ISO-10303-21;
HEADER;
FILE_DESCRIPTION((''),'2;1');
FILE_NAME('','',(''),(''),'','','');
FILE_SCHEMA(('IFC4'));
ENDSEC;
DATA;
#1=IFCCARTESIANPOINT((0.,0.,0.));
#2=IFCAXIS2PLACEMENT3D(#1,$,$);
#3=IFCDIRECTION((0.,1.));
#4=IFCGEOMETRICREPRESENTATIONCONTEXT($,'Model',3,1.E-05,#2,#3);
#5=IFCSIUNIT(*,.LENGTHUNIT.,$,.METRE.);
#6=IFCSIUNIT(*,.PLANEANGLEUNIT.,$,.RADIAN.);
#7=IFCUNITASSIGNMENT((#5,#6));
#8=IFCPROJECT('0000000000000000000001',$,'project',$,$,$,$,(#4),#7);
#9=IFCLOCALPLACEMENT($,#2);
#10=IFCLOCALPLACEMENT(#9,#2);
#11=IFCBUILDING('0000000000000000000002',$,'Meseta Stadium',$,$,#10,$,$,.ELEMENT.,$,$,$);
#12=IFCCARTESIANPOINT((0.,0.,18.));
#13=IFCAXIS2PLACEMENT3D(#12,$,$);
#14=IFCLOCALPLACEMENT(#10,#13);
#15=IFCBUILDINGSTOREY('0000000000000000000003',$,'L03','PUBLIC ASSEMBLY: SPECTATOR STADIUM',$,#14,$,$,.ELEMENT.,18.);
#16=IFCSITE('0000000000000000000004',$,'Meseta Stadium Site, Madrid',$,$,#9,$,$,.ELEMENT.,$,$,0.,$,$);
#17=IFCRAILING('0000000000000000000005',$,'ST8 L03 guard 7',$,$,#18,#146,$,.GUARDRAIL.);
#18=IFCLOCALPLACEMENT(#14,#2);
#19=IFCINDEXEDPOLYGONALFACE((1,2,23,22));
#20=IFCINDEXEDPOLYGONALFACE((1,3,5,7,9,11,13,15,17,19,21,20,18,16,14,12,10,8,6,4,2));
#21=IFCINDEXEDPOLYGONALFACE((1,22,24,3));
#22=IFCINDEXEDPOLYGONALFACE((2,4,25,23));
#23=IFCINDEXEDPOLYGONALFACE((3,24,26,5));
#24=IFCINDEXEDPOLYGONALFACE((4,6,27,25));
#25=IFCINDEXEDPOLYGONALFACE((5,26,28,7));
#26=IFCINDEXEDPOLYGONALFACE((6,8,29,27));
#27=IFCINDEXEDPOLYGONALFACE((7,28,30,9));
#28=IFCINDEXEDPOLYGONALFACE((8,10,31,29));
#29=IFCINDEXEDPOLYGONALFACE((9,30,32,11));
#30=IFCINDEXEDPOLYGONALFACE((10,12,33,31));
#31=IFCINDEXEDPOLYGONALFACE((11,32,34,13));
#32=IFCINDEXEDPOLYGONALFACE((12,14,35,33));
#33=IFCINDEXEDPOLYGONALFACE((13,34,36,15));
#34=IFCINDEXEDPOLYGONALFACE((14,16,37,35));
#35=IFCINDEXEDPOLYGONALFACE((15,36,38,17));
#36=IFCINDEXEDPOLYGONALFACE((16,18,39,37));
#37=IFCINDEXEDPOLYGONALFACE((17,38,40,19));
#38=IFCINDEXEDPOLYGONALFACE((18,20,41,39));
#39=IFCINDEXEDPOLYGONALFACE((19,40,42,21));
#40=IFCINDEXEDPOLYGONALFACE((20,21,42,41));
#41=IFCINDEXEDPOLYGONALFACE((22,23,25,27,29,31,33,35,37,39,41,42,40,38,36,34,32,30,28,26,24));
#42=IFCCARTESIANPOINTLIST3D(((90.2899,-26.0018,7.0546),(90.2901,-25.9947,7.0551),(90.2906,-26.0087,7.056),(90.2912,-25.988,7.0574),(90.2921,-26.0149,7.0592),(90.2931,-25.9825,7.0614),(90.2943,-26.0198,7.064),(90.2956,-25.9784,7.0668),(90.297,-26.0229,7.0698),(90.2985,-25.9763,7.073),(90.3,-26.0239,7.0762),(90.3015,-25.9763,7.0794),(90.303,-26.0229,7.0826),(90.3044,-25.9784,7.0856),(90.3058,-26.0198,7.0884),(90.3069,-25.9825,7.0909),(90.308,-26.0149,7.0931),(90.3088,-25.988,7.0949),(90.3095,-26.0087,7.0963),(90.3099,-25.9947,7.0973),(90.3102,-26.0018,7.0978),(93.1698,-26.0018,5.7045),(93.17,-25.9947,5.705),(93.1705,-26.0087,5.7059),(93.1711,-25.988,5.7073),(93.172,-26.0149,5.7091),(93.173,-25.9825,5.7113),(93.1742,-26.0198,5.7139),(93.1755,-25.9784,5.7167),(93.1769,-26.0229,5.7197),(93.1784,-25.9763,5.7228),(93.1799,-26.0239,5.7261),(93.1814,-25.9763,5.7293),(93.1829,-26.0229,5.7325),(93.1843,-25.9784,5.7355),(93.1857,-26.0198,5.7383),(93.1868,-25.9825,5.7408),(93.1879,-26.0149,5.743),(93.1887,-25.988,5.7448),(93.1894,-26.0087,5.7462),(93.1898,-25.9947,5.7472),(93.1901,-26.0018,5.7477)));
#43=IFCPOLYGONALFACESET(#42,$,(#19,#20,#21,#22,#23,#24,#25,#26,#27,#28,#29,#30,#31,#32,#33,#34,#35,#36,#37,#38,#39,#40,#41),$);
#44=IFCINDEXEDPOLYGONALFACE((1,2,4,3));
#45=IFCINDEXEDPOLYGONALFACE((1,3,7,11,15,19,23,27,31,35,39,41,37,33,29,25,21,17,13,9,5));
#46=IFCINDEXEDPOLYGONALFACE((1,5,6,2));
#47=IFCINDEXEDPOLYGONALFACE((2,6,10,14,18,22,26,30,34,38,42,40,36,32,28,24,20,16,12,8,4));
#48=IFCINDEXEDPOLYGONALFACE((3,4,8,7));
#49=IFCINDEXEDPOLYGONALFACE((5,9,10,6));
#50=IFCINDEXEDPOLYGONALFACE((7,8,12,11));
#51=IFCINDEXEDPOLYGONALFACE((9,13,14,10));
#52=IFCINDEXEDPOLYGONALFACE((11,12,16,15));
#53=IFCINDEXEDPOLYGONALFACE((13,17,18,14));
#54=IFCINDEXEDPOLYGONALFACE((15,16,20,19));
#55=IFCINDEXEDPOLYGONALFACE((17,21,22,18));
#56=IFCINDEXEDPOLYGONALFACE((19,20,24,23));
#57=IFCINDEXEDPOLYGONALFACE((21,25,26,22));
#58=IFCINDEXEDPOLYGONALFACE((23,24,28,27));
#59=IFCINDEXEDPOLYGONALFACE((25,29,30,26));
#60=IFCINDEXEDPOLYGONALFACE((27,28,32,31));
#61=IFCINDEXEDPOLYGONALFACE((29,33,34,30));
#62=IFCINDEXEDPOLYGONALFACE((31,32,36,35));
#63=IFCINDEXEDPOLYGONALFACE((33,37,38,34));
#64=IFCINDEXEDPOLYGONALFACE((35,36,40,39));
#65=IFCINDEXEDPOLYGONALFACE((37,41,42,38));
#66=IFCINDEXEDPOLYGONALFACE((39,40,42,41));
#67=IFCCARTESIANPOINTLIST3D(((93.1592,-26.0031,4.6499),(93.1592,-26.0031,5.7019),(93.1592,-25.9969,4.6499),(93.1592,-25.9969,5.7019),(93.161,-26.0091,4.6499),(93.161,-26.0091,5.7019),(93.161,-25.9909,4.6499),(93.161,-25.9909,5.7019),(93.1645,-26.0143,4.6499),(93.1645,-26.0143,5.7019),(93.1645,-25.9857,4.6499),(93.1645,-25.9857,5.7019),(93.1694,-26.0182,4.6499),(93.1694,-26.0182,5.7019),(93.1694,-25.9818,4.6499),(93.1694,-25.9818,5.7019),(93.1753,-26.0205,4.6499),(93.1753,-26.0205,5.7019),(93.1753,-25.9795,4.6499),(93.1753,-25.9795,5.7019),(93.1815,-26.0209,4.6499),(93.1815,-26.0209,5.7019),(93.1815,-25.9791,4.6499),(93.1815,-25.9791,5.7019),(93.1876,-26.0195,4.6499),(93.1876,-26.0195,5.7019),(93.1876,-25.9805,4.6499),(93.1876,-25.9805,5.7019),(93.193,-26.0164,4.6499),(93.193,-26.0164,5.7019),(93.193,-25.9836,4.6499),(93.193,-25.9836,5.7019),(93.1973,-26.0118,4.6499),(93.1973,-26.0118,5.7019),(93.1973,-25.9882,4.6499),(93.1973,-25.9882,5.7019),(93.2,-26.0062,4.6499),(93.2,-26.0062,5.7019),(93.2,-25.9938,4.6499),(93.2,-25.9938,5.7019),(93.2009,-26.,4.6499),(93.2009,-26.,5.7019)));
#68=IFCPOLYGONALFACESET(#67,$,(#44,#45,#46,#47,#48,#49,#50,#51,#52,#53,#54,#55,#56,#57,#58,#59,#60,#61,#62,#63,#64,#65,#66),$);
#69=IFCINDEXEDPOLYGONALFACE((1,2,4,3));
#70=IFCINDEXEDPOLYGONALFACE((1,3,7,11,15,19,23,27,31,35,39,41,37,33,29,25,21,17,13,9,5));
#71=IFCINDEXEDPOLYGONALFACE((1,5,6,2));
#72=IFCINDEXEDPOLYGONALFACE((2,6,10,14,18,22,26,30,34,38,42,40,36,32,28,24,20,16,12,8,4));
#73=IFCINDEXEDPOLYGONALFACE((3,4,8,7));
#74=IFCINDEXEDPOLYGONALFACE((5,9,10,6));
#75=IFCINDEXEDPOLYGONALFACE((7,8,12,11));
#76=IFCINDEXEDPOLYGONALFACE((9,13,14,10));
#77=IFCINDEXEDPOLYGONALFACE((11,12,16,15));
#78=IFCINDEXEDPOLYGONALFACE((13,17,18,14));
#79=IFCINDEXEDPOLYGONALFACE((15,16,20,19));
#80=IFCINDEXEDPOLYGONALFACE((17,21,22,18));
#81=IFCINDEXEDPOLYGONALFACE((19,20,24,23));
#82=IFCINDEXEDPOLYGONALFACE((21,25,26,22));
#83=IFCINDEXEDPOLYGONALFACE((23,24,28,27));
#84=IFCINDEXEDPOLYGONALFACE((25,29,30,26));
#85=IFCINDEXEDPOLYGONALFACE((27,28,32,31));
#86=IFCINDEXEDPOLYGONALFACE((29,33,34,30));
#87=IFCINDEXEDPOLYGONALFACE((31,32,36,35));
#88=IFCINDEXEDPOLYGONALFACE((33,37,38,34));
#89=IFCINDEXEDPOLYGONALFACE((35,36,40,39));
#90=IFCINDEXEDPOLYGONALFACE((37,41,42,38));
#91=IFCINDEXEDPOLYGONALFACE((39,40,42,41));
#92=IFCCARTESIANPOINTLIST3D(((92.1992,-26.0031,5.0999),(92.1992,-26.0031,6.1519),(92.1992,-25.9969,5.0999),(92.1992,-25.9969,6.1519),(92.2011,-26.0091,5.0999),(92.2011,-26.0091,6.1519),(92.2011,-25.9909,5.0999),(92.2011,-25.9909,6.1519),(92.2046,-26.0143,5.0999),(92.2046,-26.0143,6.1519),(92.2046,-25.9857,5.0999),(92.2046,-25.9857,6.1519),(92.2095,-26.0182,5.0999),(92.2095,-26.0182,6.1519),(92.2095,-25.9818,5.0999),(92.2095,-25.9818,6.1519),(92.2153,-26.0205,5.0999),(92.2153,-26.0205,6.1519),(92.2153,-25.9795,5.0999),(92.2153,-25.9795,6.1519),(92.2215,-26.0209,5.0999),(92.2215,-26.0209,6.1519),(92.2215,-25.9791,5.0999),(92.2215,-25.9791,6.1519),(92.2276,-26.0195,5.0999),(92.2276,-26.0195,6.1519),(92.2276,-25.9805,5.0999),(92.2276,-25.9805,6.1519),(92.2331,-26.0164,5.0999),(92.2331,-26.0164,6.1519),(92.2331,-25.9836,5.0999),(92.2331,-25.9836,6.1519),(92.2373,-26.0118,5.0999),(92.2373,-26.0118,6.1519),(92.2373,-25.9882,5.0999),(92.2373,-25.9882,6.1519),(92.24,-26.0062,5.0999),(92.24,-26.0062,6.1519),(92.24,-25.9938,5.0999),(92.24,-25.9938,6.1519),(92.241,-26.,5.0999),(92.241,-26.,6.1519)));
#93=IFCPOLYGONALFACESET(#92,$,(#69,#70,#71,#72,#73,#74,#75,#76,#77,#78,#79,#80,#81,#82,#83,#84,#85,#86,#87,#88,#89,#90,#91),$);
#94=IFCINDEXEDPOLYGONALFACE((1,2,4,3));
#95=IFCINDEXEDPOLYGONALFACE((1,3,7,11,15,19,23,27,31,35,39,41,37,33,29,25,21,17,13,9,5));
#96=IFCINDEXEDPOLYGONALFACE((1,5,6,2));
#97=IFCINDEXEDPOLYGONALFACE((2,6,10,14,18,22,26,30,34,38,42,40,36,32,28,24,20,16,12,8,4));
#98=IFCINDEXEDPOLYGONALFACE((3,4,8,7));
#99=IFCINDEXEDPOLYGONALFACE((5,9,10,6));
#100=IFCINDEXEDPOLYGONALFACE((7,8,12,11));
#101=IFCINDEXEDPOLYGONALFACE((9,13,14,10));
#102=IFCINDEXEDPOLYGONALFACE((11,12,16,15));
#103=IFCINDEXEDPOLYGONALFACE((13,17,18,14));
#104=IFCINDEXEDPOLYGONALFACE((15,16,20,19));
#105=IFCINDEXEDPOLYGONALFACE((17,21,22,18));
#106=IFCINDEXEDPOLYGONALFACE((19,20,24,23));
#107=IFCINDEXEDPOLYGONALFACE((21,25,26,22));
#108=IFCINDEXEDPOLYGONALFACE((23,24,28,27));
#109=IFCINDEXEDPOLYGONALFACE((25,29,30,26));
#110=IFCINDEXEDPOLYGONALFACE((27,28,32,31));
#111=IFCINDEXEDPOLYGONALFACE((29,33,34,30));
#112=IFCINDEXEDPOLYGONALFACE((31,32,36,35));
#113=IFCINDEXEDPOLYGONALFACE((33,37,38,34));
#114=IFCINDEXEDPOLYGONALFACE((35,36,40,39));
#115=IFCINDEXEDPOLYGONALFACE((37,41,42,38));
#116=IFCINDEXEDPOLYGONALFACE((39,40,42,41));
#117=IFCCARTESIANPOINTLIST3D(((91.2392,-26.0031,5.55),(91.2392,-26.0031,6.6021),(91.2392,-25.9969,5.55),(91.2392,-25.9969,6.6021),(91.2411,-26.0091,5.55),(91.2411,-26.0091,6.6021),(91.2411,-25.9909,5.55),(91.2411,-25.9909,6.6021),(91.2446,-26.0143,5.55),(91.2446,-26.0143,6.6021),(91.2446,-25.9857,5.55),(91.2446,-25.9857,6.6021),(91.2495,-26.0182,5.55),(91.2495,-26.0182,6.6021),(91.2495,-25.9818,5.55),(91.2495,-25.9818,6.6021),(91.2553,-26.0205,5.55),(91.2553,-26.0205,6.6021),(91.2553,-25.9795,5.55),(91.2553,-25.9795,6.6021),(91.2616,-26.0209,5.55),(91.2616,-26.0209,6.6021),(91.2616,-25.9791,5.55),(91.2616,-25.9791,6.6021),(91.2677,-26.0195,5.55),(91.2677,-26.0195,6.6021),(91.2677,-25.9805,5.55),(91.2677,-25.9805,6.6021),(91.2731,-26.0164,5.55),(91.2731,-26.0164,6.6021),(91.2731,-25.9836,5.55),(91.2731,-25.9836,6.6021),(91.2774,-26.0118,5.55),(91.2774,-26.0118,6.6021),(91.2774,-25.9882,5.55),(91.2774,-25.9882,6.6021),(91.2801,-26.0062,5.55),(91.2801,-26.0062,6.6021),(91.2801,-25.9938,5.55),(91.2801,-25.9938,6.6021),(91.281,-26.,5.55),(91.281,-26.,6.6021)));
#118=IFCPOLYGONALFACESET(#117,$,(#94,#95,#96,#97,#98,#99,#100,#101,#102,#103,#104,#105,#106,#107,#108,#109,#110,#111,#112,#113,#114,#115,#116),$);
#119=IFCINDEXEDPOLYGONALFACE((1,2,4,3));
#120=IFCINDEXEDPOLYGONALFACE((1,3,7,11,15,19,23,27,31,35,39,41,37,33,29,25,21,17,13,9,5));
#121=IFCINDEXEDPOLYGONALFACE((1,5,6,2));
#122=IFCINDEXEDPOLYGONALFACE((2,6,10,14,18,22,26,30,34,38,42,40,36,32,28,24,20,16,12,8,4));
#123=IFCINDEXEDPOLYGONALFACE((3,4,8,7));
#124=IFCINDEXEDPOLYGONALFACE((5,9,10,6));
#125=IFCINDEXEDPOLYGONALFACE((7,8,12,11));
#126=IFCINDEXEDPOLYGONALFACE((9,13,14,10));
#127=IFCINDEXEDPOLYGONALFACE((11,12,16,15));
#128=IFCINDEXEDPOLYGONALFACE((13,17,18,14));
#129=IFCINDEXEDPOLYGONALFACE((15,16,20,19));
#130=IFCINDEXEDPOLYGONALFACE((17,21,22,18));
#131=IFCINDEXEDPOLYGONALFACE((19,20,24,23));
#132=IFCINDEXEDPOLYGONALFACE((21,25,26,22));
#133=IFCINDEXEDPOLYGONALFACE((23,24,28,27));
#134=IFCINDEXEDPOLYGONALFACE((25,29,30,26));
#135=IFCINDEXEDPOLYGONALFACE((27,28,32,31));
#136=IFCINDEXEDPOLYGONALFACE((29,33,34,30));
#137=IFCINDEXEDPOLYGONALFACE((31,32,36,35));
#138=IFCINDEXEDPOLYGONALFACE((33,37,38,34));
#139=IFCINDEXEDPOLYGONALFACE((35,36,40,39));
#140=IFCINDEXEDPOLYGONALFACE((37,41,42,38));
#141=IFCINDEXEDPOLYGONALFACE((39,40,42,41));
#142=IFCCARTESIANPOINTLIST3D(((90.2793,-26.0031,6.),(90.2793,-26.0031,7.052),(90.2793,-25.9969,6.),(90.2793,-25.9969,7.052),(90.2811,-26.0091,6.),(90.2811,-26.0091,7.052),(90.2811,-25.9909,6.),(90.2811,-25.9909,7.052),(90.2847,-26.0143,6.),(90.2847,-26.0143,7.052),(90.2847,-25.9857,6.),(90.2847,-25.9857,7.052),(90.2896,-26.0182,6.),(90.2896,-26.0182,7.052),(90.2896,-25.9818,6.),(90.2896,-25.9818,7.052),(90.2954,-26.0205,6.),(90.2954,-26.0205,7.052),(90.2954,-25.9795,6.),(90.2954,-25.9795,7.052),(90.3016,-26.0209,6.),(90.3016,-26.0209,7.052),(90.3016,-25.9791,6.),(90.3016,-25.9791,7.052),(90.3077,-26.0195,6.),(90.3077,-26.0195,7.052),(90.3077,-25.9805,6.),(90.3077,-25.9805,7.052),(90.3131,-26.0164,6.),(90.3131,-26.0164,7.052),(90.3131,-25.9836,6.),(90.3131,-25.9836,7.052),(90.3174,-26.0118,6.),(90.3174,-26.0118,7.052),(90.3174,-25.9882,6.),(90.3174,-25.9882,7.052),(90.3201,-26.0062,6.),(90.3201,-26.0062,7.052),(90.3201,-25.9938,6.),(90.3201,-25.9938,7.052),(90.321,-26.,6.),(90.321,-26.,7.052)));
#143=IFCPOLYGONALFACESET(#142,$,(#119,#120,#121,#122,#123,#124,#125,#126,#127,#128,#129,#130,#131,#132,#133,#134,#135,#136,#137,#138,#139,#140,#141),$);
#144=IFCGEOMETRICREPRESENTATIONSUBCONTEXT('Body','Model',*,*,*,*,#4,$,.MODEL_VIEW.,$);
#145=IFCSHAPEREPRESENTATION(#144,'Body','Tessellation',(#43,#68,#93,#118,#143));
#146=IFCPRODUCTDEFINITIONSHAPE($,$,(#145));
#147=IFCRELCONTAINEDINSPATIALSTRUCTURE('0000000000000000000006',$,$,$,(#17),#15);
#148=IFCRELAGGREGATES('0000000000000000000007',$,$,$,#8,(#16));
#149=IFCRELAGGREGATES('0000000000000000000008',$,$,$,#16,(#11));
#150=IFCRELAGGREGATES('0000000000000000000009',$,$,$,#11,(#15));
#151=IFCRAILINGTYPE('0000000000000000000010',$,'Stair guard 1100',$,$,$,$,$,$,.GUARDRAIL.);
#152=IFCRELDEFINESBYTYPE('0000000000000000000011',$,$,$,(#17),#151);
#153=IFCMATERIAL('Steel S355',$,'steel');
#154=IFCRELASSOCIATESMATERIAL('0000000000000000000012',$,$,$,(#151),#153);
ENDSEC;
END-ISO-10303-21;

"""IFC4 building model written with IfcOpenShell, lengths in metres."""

from ifc_helpers import new_model, si_unit, direction, frame, origin, origin_2d, place, context, subcontext, project, spatial, circle, extrude, material, type_object, element, save


model = new_model("IFC4")

# Units and contexts
model_context = context("Model", 3, precision=1e-05, world=origin(), true_north=direction((0.0, 1.0)))
body_context = subcontext(model_context, "Body", "Model", "MODEL_VIEW")
ifc_project = project(units=[si_unit("LENGTHUNIT", "METRE"), si_unit("PLANEANGLEUNIT", "RADIAN")], contexts=[model_context])

# Site, building, storey
site_placement = place(None, origin())
site = spatial("IfcSite", under=ifc_project, at=site_placement, Name="Meseta Stadium Site, Madrid", CompositionType="ELEMENT", RefElevation=0.0)
building_placement = place(site_placement, origin())
building = spatial("IfcBuilding", under=site, at=building_placement, Name="Meseta Stadium", CompositionType="ELEMENT")
storey_placement = place(building_placement, frame((0.0, 0.0, 18.0)))
storey = spatial("IfcBuildingStorey", under=building, at=storey_placement, Name="L03", Description="PUBLIC ASSEMBLY: SPECTATOR STADIUM", CompositionType="ELEMENT", Elevation=18.0)

# Railing
ifc_material_1 = material(Name="Steel S355", Category="steel")
railing_type_1 = type_object("IfcRailingType", Name="Stair guard 1100", PredefinedType="GUARDRAIL", material=ifc_material_1)
railing_1_placement = place(storey_placement, frame((93.1799, -26.0, 4.6499)))
element("IfcRailing", 1, at=railing_1_placement, inside=storey, type_object=railing_type_1, Name="ST8 L03 guard 7", PredefinedType="GUARDRAIL", context=body_context, shape_type="SweptSolid", body=[
    extrude(circle(Radius=0.0239, at=origin_2d()), frame((0.0, 0.0, 1.0762), z_axis=(-0.90544, 0.0, 0.424473), x_axis=(0.0, -1.0, 0.0)), (0.0, 0.0, 1.0), 3.1807),
    extrude(circle(Radius=0.021, at=origin_2d()), origin(), (0.0, 0.0, 1.0), 1.052),
    extrude(circle(Radius=0.021, at=origin_2d()), frame((-0.96, 0.0, 0.45)), (0.0, 0.0, 1.0), 1.052),
    extrude(circle(Radius=0.021, at=origin_2d()), frame((-1.9199, 0.0, 0.9001)), (0.0, 0.0, 1.0), 1.052),
    extrude(circle(Radius=0.021, at=origin_2d()), frame((-2.8799, 0.0, 1.3501)), (0.0, 0.0, 1.0), 1.052),
])

save(model, "model.ifc")
